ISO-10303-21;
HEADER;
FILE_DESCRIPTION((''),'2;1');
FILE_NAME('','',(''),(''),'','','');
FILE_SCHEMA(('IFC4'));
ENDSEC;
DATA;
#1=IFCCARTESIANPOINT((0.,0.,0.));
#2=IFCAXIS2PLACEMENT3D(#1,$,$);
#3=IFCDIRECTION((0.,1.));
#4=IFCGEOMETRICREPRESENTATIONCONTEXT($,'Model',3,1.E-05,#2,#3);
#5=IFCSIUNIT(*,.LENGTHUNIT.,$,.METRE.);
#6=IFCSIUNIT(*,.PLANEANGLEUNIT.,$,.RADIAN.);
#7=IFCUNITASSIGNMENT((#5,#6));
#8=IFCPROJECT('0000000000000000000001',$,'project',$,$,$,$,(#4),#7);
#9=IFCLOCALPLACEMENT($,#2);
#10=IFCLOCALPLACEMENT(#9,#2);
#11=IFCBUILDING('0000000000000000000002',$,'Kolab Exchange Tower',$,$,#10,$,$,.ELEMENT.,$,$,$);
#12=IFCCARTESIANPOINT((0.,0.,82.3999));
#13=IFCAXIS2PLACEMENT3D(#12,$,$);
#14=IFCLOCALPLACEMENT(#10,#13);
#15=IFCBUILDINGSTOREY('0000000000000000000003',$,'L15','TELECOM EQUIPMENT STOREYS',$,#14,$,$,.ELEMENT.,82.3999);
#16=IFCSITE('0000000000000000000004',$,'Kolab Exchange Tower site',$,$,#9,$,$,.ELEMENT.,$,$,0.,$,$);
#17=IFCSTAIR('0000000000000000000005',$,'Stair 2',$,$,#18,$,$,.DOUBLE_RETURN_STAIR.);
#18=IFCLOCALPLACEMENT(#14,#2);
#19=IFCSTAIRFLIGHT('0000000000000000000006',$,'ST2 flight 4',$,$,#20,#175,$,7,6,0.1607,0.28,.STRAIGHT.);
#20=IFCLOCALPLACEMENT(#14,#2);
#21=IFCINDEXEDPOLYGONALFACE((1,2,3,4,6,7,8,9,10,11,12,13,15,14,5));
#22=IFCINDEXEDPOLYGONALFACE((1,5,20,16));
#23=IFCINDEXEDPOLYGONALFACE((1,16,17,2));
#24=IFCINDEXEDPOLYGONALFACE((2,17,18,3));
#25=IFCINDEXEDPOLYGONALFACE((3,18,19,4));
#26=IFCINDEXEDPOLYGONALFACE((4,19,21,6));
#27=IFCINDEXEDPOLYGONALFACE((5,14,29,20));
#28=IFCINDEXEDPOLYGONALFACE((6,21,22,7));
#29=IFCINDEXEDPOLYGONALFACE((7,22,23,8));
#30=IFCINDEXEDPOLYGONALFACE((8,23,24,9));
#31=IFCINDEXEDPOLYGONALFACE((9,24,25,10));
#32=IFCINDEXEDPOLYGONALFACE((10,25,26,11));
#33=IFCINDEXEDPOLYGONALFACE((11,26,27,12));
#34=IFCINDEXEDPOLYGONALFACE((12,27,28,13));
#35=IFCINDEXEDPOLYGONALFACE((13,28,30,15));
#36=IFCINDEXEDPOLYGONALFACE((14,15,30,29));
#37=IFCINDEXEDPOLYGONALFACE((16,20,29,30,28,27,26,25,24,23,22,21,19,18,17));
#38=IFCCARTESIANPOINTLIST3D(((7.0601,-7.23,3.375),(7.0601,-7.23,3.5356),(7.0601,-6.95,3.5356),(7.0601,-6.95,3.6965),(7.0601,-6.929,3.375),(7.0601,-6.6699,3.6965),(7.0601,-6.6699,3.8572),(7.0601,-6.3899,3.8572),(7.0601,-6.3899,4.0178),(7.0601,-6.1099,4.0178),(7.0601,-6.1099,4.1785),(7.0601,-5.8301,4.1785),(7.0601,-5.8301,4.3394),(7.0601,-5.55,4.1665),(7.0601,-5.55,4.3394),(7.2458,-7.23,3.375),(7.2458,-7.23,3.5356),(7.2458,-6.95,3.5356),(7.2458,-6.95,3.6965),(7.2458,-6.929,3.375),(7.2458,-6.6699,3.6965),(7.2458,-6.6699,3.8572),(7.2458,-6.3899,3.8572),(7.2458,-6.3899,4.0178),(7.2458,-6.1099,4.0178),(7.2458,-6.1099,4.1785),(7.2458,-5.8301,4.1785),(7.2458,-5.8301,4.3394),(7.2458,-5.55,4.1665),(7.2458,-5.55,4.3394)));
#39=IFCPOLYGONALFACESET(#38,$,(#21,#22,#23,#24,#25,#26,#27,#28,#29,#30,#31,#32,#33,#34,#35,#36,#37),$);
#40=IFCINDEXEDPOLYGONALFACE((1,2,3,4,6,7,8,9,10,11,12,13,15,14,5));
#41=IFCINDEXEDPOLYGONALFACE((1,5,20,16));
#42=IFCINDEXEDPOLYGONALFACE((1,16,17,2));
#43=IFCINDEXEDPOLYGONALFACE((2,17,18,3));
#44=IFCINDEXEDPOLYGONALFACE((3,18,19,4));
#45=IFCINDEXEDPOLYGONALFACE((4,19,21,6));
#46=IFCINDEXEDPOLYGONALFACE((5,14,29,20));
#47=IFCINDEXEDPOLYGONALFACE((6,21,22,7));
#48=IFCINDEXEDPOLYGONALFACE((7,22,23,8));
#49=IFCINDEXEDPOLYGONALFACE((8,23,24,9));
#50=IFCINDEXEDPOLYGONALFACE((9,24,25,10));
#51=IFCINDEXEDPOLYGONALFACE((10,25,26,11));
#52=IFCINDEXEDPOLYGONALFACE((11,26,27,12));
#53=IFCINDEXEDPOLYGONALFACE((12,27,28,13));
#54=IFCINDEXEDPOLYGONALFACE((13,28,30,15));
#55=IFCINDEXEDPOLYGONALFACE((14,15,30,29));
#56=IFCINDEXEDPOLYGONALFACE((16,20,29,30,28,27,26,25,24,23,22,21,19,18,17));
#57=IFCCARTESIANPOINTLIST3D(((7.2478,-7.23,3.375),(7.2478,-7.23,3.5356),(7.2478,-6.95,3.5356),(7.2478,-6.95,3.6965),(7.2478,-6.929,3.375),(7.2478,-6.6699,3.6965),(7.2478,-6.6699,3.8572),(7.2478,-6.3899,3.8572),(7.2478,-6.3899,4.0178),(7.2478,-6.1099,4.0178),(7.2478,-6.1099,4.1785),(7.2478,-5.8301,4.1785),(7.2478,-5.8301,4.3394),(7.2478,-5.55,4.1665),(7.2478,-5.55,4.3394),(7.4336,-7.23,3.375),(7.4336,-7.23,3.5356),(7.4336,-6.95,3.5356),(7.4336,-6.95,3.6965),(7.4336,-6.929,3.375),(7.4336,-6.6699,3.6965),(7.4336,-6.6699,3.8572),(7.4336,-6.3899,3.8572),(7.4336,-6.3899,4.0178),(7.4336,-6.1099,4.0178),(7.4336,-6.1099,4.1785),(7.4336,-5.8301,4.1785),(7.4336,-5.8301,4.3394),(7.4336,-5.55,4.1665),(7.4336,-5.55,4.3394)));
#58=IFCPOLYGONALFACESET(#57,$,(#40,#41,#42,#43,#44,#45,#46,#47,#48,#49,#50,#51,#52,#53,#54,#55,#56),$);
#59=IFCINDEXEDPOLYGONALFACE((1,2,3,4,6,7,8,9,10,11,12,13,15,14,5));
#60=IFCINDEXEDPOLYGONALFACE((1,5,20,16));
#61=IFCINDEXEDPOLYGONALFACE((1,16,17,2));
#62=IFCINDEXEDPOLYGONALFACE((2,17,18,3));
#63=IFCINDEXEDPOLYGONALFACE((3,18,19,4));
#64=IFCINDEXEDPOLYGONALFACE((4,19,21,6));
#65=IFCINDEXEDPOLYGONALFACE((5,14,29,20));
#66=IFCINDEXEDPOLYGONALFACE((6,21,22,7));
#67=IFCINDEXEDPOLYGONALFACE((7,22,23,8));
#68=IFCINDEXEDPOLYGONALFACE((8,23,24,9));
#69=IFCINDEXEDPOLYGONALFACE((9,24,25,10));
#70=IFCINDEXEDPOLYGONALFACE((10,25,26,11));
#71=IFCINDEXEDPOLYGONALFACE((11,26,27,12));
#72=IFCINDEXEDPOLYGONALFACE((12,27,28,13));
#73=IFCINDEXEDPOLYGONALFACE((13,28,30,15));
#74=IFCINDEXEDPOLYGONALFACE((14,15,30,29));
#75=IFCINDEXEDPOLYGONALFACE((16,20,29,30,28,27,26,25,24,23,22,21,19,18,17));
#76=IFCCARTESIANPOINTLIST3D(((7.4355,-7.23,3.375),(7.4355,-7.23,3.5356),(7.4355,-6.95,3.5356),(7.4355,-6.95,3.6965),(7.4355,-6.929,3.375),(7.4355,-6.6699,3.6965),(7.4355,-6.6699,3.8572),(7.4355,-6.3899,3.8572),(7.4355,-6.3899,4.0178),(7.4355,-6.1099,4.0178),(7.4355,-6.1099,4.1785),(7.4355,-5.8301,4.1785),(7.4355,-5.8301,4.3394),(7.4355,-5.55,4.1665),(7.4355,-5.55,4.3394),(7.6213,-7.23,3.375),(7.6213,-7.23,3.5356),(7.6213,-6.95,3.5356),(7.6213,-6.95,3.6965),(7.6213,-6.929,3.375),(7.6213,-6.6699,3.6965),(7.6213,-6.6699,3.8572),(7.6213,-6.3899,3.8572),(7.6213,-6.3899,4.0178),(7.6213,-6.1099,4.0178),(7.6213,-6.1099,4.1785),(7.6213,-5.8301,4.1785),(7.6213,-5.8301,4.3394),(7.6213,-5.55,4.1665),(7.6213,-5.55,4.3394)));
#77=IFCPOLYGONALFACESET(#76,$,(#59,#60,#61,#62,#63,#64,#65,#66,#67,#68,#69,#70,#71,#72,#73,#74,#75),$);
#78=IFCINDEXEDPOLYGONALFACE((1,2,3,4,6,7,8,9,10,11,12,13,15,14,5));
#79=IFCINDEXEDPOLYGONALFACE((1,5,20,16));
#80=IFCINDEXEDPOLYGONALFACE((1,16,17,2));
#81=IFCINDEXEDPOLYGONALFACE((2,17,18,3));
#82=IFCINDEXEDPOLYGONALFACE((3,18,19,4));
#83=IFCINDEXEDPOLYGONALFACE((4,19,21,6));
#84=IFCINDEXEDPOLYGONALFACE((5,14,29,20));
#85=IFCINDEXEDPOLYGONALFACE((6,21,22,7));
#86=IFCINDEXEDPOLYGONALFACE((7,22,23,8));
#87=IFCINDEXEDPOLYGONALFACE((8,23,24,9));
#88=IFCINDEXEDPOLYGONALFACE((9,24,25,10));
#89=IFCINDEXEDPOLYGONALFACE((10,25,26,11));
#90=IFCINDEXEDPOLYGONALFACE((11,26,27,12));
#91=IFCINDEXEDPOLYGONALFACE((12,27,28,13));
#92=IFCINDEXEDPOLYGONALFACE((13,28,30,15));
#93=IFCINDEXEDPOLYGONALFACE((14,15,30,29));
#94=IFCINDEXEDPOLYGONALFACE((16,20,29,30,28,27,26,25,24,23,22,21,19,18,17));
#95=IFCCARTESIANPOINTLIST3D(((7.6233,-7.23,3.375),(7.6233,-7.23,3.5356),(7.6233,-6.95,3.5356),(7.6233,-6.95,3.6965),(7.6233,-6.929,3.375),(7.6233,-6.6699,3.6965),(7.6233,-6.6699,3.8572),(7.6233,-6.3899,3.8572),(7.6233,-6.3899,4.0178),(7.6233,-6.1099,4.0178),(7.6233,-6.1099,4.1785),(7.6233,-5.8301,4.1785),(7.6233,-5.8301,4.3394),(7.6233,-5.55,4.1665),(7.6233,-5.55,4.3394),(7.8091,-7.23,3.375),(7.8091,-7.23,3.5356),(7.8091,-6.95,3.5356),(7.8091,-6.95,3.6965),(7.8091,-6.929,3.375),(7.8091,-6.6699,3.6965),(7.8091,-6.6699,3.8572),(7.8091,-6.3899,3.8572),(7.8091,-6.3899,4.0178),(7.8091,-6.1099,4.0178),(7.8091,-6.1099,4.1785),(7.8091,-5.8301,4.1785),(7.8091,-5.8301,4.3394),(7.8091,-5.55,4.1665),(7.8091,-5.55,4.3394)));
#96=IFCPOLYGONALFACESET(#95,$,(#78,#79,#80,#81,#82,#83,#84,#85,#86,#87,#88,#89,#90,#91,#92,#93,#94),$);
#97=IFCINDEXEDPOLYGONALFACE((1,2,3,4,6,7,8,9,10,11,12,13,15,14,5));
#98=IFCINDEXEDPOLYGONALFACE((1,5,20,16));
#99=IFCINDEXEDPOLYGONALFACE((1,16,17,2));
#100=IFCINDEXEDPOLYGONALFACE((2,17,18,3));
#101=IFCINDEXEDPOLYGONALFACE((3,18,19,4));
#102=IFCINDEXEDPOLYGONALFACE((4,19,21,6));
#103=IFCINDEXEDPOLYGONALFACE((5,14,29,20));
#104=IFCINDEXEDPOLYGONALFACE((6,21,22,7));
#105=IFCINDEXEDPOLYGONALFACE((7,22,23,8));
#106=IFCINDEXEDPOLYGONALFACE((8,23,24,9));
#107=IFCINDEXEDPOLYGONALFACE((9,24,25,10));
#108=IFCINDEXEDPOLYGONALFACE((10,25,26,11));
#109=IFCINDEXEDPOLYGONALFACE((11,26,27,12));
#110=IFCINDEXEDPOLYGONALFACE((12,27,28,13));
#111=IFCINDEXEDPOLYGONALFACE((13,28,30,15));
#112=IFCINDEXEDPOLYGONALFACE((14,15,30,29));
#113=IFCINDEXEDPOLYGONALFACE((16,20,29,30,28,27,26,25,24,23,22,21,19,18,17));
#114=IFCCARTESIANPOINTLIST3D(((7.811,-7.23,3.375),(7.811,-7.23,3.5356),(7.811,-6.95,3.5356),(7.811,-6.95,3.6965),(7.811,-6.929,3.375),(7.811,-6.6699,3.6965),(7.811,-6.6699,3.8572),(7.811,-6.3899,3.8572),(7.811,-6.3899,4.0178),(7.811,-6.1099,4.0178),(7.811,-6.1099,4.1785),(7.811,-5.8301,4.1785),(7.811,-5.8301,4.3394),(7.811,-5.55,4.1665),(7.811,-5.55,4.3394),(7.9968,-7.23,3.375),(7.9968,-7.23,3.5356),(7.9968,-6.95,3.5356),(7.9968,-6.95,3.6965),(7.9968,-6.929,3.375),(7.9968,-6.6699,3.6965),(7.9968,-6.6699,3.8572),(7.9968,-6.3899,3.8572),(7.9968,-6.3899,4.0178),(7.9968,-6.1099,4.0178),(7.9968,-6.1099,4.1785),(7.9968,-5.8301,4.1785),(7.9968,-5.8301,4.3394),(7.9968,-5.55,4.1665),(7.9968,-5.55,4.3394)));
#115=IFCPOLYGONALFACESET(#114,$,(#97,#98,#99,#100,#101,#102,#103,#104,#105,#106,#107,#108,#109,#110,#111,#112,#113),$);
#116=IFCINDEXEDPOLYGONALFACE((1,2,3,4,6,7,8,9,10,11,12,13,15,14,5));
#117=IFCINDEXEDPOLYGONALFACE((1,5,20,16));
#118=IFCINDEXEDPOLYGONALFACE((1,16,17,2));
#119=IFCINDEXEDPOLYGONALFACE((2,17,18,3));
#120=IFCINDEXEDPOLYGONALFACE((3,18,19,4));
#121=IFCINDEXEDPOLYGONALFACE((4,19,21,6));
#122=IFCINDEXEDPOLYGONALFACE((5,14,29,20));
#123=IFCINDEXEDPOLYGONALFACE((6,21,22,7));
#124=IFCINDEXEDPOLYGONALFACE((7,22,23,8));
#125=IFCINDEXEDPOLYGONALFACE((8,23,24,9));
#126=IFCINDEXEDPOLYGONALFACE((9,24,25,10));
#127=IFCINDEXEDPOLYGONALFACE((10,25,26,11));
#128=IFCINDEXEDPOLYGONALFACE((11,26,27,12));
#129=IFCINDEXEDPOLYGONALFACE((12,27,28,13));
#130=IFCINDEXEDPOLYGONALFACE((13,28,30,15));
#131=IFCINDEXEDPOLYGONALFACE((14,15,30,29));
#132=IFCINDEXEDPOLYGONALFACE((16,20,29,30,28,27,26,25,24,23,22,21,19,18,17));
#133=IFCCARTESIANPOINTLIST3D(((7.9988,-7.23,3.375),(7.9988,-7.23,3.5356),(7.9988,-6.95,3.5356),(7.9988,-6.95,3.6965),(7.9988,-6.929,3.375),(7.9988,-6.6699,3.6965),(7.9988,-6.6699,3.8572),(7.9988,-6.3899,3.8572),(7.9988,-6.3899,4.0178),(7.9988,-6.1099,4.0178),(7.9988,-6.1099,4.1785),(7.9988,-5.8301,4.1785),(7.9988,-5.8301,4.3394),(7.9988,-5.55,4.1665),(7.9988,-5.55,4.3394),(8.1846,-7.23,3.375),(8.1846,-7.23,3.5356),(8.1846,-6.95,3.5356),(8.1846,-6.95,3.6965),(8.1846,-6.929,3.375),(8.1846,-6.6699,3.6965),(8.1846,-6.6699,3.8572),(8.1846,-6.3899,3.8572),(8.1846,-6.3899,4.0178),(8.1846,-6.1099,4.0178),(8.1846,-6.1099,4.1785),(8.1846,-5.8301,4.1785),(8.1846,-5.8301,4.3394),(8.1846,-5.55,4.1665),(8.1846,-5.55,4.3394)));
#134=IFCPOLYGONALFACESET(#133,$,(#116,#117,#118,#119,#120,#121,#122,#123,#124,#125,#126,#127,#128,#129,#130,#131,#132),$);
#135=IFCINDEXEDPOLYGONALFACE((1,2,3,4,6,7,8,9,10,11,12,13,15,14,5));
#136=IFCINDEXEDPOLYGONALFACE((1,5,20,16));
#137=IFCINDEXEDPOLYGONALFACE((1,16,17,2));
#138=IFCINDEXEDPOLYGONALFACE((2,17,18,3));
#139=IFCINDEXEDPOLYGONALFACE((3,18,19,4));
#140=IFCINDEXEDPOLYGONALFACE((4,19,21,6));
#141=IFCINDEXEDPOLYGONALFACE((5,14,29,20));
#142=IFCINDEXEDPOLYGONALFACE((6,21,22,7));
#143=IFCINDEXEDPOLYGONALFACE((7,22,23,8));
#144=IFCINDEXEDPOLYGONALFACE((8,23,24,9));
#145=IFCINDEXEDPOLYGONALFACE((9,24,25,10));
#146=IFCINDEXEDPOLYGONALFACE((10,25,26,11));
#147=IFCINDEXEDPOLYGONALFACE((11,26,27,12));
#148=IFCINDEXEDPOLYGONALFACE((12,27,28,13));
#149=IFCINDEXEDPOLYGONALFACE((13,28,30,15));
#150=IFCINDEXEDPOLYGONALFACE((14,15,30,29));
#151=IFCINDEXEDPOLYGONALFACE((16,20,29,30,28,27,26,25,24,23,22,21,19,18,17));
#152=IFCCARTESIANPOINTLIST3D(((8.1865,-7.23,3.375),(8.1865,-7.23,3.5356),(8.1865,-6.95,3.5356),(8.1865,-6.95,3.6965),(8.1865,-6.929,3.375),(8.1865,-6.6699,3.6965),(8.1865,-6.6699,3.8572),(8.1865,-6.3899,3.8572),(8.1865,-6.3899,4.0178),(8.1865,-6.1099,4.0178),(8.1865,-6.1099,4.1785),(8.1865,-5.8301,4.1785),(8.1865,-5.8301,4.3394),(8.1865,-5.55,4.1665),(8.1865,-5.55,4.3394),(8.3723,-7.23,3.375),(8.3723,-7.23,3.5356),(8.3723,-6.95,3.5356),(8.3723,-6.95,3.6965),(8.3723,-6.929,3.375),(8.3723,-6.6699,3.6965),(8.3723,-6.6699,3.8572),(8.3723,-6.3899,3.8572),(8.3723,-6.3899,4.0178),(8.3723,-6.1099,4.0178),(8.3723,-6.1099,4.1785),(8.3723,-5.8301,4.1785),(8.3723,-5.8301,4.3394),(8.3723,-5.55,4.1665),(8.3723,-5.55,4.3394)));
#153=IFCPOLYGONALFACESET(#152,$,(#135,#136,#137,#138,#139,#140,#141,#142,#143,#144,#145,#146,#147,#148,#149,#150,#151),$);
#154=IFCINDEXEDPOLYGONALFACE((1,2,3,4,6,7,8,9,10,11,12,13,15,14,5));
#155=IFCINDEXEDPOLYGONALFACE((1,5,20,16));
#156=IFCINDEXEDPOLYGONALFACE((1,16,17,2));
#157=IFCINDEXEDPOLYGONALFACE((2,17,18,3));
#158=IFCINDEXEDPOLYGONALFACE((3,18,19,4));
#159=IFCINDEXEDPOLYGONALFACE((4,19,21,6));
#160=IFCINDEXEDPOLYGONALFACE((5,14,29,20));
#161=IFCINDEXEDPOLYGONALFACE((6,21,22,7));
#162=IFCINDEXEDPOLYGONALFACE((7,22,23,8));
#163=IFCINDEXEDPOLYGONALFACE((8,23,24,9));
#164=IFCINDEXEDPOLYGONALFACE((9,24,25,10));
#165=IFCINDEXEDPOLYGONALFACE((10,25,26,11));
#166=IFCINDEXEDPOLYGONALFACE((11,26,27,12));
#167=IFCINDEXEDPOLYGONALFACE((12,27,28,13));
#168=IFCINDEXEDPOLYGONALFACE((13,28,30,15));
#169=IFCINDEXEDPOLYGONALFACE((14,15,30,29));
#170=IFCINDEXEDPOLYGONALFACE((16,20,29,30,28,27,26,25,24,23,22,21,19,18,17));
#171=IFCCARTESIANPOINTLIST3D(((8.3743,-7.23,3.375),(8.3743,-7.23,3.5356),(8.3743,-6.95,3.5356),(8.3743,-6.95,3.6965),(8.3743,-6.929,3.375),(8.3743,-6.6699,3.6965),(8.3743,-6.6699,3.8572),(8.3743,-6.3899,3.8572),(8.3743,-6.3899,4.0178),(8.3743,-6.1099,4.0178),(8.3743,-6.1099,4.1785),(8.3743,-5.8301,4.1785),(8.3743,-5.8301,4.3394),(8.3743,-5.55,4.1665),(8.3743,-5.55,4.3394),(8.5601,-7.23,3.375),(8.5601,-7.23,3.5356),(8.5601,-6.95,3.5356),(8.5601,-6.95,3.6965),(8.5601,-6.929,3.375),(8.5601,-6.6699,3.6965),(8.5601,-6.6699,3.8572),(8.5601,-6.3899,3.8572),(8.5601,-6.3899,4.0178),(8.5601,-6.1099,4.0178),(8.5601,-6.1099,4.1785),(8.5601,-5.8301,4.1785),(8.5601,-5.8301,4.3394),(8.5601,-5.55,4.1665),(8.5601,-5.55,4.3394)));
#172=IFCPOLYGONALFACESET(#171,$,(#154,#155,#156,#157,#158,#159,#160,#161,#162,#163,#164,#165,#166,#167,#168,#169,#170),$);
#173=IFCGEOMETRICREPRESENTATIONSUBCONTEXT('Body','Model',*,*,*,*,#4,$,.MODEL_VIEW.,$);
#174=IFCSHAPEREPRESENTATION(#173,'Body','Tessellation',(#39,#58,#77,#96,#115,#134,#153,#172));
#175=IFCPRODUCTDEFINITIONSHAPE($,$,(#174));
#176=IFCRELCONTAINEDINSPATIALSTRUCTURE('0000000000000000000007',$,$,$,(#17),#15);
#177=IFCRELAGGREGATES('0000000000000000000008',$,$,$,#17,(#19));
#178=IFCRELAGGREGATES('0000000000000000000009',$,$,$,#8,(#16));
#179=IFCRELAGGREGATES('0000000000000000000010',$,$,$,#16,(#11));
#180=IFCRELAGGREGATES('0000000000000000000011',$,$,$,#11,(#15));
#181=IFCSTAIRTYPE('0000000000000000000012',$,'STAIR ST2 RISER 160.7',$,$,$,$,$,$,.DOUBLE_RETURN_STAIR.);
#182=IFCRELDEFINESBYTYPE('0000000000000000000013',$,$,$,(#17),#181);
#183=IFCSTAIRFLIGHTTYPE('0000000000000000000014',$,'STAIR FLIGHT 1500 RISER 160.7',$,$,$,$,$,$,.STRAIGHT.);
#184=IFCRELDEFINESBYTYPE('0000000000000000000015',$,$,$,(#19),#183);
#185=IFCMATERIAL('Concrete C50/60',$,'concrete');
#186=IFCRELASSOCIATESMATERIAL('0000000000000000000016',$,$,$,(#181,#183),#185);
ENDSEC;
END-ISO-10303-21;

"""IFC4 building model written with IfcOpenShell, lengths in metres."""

from ifc_helpers import new_model, si_unit, direction, frame, origin, place, context, subcontext, project, spatial, polyline, outline, extrude, material, type_object, element, aggregate, save


model = new_model("IFC4")

# Units and contexts
model_context = context("Model", 3, precision=1e-05, world=origin(), true_north=direction((0.0, 1.0)))
body_context = subcontext(model_context, "Body", "Model", "MODEL_VIEW")
ifc_project = project(units=[si_unit("LENGTHUNIT", "METRE"), si_unit("PLANEANGLEUNIT", "RADIAN")], contexts=[model_context])

# Site, building, storey
site_placement = place(None, origin())
site = spatial("IfcSite", under=ifc_project, at=site_placement, Name="Kolab Exchange Tower site", CompositionType="ELEMENT", RefElevation=0.0)
building_placement = place(site_placement, origin())
building = spatial("IfcBuilding", under=site, at=building_placement, Name="Kolab Exchange Tower", CompositionType="ELEMENT")
storey_placement = place(building_placement, frame((0.0, 0.0, 82.3999)))
storey = spatial("IfcBuildingStorey", under=building, at=storey_placement, Name="L15", Description="TELECOM EQUIPMENT STOREYS", CompositionType="ELEMENT", Elevation=82.3999)

# Shared definitions
ifc_material_1 = material(Name="Concrete C50/60", Category="concrete")

# Stair, stair flight
stair_type = type_object("IfcStairType", Name="STAIR ST2 RISER 160.7", PredefinedType="DOUBLE_RETURN_STAIR", material=ifc_material_1)
stair_placement = place(storey_placement, origin())
stair = element("IfcStair", 1, at=stair_placement, inside=storey, type_object=stair_type, Name="Stair 2", PredefinedType="DOUBLE_RETURN_STAIR")
stair_flight_type = type_object("IfcStairFlightType", Name="STAIR FLIGHT 1500 RISER 160.7", PredefinedType="STRAIGHT", material=ifc_material_1)
stair_flight_1_placement = place(storey_placement, frame((7.8101, -7.23, 3.375), z_axis=(0.0, 0.0, 1.0), x_axis=(0.0, 1.0, 0.0)))
stair_flight_1 = element("IfcStairFlight", 2, at=stair_flight_1_placement, type_object=stair_flight_type, Name="ST2 flight 4", NumberOfRisers=7, NumberOfTreads=6, PredefinedType="STRAIGHT", RiserHeight=0.1607, TreadLength=0.28, context=body_context, shape_type="SweptSolid", body=[
    extrude(outline(polyline([(0.0, 0.0), (0.0, 0.1606), (0.28, 0.1606), (0.28, 0.3215), (0.5601, 0.3215), (0.5601, 0.4822), (0.8401, 0.4822), (0.8401, 0.6428), (1.1201, 0.6428), (1.1201, 0.8035), (1.3999, 0.8035), (1.3999, 0.9644), (1.6799, 0.9644), (1.6799, 1.125), (1.6799, 0.7915), (0.301, 0.0), (0.0, 0.0)])), frame((0.0, 0.75, 0.0), z_axis=(0.0, -1.0, 0.0), x_axis=(1.0, 0.0, 0.0)), (0.0, 0.0, 1.0), 0.1858),
    extrude(outline(polyline([(0.0, 0.0), (0.0, 0.1606), (0.28, 0.1606), (0.28, 0.3215), (0.5601, 0.3215), (0.5601, 0.4822), (0.8401, 0.4822), (0.8401, 0.6428), (1.1201, 0.6428), (1.1201, 0.8035), (1.3999, 0.8035), (1.3999, 0.9644), (1.6799, 0.9644), (1.6799, 1.125), (1.6799, 0.7915), (0.301, 0.0), (0.0, 0.0)])), frame((0.0, 0.5623, 0.0), z_axis=(0.0, -1.0, 0.0), x_axis=(1.0, 0.0, 0.0)), (0.0, 0.0, 1.0), 0.1858),
    extrude(outline(polyline([(0.0, 0.0), (0.0, 0.1606), (0.28, 0.1606), (0.28, 0.3215), (0.5601, 0.3215), (0.5601, 0.4822), (0.8401, 0.4822), (0.8401, 0.6428), (1.1201, 0.6428), (1.1201, 0.8035), (1.3999, 0.8035), (1.3999, 0.9644), (1.6799, 0.9644), (1.6799, 1.125), (1.6799, 0.7915), (0.301, 0.0), (0.0, 0.0)])), frame((0.0, 0.3745, 0.0), z_axis=(0.0, -1.0, 0.0), x_axis=(1.0, 0.0, 0.0)), (0.0, 0.0, 1.0), 0.1858),
    extrude(outline(polyline([(0.0, 0.0), (0.0, 0.1606), (0.28, 0.1606), (0.28, 0.3215), (0.5601, 0.3215), (0.5601, 0.4822), (0.8401, 0.4822), (0.8401, 0.6428), (1.1201, 0.6428), (1.1201, 0.8035), (1.3999, 0.8035), (1.3999, 0.9644), (1.6799, 0.9644), (1.6799, 1.125), (1.6799, 0.7915), (0.301, 0.0), (0.0, 0.0)])), frame((0.0, 0.1868, 0.0), z_axis=(0.0, -1.0, 0.0), x_axis=(1.0, 0.0, 0.0)), (0.0, 0.0, 1.0), 0.1858),
    extrude(outline(polyline([(0.0, 0.0), (0.0, 0.1606), (0.28, 0.1606), (0.28, 0.3215), (0.5601, 0.3215), (0.5601, 0.4822), (0.8401, 0.4822), (0.8401, 0.6428), (1.1201, 0.6428), (1.1201, 0.8035), (1.3999, 0.8035), (1.3999, 0.9644), (1.6799, 0.9644), (1.6799, 1.125), (1.6799, 0.7915), (0.301, 0.0), (0.0, 0.0)])), frame((0.0, -0.001, 0.0), z_axis=(0.0, -1.0, 0.0), x_axis=(1.0, 0.0, 0.0)), (0.0, 0.0, 1.0), 0.1858),
    extrude(outline(polyline([(0.0, 0.0), (0.0, 0.1606), (0.28, 0.1606), (0.28, 0.3215), (0.5601, 0.3215), (0.5601, 0.4822), (0.8401, 0.4822), (0.8401, 0.6428), (1.1201, 0.6428), (1.1201, 0.8035), (1.3999, 0.8035), (1.3999, 0.9644), (1.6799, 0.9644), (1.6799, 1.125), (1.6799, 0.7915), (0.301, 0.0), (0.0, 0.0)])), frame((0.0, -0.1887, 0.0), z_axis=(0.0, -1.0, 0.0), x_axis=(1.0, 0.0, 0.0)), (0.0, 0.0, 1.0), 0.1858),
    extrude(outline(polyline([(0.0, 0.0), (0.0, 0.1606), (0.28, 0.1606), (0.28, 0.3215), (0.5601, 0.3215), (0.5601, 0.4822), (0.8401, 0.4822), (0.8401, 0.6428), (1.1201, 0.6428), (1.1201, 0.8035), (1.3999, 0.8035), (1.3999, 0.9644), (1.6799, 0.9644), (1.6799, 1.125), (1.6799, 0.7915), (0.301, 0.0), (0.0, 0.0)])), frame((0.0, -0.3765, 0.0), z_axis=(0.0, -1.0, 0.0), x_axis=(1.0, 0.0, 0.0)), (0.0, 0.0, 1.0), 0.1858),
    extrude(outline(polyline([(0.0, 0.0), (0.0, 0.1606), (0.28, 0.1606), (0.28, 0.3215), (0.5601, 0.3215), (0.5601, 0.4822), (0.8401, 0.4822), (0.8401, 0.6428), (1.1201, 0.6428), (1.1201, 0.8035), (1.3999, 0.8035), (1.3999, 0.9644), (1.6799, 0.9644), (1.6799, 1.125), (1.6799, 0.7915), (0.301, 0.0), (0.0, 0.0)])), frame((0.0, -0.5642, 0.0), z_axis=(0.0, -1.0, 0.0), x_axis=(1.0, 0.0, 0.0)), (0.0, 0.0, 1.0), 0.1858),
])
aggregate(stair, [stair_flight_1])

save(model, "model.ifc")
